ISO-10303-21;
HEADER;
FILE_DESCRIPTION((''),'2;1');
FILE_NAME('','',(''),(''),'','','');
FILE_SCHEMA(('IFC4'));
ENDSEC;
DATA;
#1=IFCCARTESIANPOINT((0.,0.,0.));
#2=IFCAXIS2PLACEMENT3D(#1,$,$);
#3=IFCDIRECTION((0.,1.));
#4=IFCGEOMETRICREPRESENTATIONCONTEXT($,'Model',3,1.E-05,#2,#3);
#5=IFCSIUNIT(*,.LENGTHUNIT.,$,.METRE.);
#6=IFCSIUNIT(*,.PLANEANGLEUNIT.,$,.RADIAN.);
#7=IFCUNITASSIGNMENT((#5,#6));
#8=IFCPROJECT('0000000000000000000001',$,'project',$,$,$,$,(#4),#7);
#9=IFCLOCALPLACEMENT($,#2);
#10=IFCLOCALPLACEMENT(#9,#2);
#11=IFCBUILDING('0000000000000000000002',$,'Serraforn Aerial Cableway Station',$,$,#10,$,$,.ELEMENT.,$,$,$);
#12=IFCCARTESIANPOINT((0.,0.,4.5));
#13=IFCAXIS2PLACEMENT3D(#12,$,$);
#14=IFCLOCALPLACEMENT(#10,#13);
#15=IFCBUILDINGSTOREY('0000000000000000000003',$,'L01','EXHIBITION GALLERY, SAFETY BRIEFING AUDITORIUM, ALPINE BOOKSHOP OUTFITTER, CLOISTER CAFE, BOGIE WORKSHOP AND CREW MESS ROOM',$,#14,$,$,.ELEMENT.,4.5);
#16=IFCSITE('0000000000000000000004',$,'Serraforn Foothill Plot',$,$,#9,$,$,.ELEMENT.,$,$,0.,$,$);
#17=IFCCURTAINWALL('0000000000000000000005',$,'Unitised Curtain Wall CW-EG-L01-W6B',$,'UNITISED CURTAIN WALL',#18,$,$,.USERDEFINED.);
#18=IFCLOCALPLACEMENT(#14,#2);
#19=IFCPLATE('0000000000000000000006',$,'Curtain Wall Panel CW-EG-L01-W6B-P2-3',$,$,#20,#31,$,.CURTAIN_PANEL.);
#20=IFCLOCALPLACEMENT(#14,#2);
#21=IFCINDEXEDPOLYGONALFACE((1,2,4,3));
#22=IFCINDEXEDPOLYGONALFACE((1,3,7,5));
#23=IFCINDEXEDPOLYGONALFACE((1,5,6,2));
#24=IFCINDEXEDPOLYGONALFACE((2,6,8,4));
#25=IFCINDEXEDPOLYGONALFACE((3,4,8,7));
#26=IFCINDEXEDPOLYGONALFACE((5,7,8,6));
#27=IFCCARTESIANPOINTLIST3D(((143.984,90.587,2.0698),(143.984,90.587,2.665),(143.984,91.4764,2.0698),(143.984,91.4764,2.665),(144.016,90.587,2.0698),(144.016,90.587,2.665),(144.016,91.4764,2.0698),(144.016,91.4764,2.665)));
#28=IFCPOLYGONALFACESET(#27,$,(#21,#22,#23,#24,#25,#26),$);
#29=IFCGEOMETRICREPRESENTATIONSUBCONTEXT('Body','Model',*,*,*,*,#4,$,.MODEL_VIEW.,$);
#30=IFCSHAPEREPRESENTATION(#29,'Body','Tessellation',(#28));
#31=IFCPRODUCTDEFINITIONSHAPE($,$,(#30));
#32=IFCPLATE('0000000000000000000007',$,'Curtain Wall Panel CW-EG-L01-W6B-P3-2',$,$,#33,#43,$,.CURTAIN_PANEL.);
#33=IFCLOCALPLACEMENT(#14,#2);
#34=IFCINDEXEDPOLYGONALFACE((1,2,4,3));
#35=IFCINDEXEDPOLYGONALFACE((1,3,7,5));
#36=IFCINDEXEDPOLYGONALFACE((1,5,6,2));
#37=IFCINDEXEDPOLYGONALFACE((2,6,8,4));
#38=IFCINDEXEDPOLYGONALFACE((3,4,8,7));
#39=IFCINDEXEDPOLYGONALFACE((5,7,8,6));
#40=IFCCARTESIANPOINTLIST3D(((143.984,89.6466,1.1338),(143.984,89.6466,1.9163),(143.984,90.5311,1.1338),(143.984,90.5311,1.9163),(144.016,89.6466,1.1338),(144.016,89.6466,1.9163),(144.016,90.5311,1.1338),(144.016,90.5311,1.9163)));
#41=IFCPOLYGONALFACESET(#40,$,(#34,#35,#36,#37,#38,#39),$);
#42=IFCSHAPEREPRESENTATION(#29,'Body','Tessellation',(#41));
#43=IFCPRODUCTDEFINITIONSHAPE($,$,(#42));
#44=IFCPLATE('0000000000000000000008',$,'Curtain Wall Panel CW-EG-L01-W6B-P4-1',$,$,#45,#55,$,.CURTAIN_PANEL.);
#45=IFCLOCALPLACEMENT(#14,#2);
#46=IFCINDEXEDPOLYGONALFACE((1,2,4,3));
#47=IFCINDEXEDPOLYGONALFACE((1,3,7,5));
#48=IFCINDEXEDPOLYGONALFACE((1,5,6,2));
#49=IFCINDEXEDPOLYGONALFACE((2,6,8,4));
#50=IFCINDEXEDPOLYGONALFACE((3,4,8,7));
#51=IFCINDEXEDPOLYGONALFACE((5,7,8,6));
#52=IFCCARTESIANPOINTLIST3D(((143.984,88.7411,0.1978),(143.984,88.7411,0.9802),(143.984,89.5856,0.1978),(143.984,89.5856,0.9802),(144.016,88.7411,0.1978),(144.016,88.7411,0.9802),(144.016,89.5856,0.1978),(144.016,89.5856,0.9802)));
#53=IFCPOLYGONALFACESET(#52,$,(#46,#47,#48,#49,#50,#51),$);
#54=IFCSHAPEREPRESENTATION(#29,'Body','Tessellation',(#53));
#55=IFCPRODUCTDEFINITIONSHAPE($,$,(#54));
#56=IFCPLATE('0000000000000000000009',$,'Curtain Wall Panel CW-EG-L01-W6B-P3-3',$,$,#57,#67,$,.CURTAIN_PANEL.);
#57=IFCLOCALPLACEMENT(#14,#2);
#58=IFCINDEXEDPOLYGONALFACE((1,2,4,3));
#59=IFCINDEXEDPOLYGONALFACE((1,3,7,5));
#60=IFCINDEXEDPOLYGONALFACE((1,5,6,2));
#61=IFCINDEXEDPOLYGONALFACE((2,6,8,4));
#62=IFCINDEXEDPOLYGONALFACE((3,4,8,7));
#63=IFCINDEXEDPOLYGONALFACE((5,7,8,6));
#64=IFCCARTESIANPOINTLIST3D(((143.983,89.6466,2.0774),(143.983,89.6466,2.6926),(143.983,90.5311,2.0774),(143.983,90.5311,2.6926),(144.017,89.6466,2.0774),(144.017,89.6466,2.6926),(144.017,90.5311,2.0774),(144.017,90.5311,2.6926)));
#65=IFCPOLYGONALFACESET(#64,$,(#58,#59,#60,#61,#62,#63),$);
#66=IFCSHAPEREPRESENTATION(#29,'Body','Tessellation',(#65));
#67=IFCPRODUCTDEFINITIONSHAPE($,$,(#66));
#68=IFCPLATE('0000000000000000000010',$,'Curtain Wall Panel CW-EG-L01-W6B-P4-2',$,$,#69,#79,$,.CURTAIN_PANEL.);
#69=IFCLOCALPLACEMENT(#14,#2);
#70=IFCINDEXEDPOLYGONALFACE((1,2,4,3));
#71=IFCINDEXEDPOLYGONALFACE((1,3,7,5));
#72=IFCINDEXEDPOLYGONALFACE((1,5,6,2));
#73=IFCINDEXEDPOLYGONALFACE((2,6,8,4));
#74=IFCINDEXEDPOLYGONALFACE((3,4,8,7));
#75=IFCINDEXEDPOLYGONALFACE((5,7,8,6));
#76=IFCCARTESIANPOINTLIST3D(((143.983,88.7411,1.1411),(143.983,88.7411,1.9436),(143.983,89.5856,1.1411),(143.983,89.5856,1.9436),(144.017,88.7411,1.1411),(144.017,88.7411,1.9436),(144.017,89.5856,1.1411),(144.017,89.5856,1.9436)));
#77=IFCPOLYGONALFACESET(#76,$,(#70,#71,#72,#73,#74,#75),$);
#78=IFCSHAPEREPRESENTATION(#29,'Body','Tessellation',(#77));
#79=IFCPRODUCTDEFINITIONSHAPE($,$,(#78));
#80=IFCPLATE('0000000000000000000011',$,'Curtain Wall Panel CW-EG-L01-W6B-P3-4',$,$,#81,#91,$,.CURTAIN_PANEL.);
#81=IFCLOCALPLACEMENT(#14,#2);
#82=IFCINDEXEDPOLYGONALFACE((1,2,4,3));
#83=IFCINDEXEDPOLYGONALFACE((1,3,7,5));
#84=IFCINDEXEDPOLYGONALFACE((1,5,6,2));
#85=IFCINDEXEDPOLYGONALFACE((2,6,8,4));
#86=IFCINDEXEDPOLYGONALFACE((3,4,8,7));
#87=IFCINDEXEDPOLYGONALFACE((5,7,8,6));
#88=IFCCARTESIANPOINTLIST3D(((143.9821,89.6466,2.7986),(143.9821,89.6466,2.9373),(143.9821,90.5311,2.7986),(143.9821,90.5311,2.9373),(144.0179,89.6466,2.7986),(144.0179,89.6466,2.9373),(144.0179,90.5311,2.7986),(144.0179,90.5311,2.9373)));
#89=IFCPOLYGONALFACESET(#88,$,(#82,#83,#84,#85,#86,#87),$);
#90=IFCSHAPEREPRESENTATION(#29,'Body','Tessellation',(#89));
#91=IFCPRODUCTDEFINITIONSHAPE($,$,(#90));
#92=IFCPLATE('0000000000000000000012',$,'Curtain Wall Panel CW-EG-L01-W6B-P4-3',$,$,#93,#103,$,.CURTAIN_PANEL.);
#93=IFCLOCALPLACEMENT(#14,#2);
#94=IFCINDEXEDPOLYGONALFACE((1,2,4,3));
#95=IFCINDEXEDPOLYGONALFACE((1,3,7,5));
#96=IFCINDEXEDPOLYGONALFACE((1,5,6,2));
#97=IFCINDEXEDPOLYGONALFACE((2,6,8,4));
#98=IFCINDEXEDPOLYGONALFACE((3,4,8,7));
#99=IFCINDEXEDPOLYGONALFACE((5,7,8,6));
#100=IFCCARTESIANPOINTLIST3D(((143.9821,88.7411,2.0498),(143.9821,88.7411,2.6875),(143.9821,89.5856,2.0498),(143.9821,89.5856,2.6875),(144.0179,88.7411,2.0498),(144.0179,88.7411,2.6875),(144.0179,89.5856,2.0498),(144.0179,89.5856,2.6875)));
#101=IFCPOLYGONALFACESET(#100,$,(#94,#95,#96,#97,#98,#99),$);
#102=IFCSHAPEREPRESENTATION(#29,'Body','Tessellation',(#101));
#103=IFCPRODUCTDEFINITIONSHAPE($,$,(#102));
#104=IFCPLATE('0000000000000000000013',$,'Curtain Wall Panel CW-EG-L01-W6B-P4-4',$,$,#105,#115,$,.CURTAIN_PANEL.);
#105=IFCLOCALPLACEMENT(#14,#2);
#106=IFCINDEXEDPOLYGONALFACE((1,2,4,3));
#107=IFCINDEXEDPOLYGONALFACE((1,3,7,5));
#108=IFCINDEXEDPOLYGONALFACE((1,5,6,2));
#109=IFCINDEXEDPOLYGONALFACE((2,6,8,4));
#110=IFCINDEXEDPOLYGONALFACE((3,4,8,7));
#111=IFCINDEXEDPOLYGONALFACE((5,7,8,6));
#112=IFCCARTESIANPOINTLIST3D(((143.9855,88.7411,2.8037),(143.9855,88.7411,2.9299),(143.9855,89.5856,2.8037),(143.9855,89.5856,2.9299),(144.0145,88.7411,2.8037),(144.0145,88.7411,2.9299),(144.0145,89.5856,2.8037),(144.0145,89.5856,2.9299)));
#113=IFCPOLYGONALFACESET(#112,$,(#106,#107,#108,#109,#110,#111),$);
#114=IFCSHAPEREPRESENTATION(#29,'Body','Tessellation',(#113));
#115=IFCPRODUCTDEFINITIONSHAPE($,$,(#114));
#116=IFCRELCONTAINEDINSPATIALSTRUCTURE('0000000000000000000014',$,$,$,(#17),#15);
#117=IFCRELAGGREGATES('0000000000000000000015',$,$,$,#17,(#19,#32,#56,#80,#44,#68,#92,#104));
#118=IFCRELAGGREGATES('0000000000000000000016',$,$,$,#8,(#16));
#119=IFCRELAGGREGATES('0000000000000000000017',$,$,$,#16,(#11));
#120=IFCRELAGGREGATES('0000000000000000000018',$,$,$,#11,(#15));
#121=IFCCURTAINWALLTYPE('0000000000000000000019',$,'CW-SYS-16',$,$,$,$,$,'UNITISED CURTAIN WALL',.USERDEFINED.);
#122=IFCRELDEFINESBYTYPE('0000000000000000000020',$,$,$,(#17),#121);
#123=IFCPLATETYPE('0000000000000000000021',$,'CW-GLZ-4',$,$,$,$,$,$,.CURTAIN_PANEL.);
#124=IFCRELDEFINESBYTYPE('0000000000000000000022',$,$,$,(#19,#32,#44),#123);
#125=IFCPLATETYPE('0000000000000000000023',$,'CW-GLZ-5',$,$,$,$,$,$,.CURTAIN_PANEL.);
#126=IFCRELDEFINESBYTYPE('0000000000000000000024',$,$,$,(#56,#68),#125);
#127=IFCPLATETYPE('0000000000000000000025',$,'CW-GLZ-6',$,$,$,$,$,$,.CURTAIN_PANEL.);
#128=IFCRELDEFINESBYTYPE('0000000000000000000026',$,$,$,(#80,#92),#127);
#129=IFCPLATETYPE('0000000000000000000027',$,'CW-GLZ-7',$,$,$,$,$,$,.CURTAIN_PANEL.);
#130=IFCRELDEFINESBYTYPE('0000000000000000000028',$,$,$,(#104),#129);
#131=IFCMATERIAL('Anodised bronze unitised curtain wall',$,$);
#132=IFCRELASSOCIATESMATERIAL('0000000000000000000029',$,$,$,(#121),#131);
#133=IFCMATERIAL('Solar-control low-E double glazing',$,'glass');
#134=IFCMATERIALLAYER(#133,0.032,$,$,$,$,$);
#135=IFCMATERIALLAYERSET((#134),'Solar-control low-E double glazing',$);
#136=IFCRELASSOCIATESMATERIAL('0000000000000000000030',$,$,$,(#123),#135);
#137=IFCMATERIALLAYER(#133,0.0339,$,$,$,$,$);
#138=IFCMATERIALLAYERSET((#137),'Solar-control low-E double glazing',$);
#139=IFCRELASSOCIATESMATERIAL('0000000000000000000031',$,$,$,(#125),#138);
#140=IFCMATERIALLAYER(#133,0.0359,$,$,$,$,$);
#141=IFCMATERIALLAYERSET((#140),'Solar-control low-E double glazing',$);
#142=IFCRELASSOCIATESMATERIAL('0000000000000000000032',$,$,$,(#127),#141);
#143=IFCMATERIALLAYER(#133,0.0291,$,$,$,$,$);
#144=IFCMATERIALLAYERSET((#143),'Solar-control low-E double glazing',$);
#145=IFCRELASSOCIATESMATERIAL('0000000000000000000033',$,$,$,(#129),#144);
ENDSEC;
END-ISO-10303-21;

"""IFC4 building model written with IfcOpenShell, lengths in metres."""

from ifc_helpers import new_model, si_unit, direction, frame, origin, origin_2d, place, context, subcontext, project, spatial, rectangle, extrude, material, layer, layer_set, type_object, element, aggregate, save


model = new_model("IFC4")

# Units and contexts
model_context = context("Model", 3, precision=1e-05, world=origin(), true_north=direction((0.0, 1.0)))
body_context = subcontext(model_context, "Body", "Model", "MODEL_VIEW")
ifc_project = project(units=[si_unit("LENGTHUNIT", "METRE"), si_unit("PLANEANGLEUNIT", "RADIAN")], contexts=[model_context])

# Site, building, storey
site_placement = place(None, origin())
site = spatial("IfcSite", under=ifc_project, at=site_placement, Name="Serraforn Foothill Plot", CompositionType="ELEMENT", RefElevation=0.0)
building_placement = place(site_placement, origin())
building = spatial("IfcBuilding", under=site, at=building_placement, Name="Serraforn Aerial Cableway Station", CompositionType="ELEMENT")
storey_placement = place(building_placement, frame((0.0, 0.0, 4.5)))
storey = spatial("IfcBuildingStorey", under=building, at=storey_placement, Name="L01", Description="EXHIBITION GALLERY, SAFETY BRIEFING AUDITORIUM, ALPINE BOOKSHOP OUTFITTER, CLOISTER CAFE, BOGIE WORKSHOP AND CREW MESS ROOM", CompositionType="ELEMENT", Elevation=4.5)

# Curtain wall, plates
ifc_material_1 = material(Name="Anodised bronze unitised curtain wall")
curtain_wall_type = type_object("IfcCurtainWallType", Name="CW-SYS-16", ElementType="UNITISED CURTAIN WALL", PredefinedType="USERDEFINED", material=ifc_material_1)
curtain_wall_placement = place(storey_placement, origin())
curtain_wall = element("IfcCurtainWall", 1, at=curtain_wall_placement, inside=storey, type_object=curtain_wall_type, Name="Unitised Curtain Wall CW-EG-L01-W6B", ObjectType="UNITISED CURTAIN WALL", PredefinedType="USERDEFINED")
ifc_material_2 = material(Name="Solar-control low-E double glazing", Category="glass")
ifc_layer_1 = layer(ifc_material_2, 0.032)
ifc_layer_set_1 = layer_set([ifc_layer_1], Name="Solar-control low-E double glazing")
plate_type_1 = type_object("IfcPlateType", Name="CW-GLZ-4", PredefinedType="CURTAIN_PANEL", material=ifc_layer_set_1)
plate_1_placement = place(storey_placement, frame((144.0, 91.0317, 2.0698), z_axis=(0.0, 0.0, 1.0), x_axis=(1.0, 0.0, 0.0)))
plate_1 = element("IfcPlate", 2, at=plate_1_placement, type_object=plate_type_1, Name="Curtain Wall Panel CW-EG-L01-W6B-P2-3", PredefinedType="CURTAIN_PANEL", context=body_context, shape_type="SweptSolid", body=[
    extrude(rectangle(XDim=0.032, YDim=0.8894, at=origin_2d()), origin(), (0.0, 0.0, 1.0), 0.5952),
])
plate_2_placement = place(storey_placement, frame((144.0, 90.0889, 1.1338), z_axis=(0.0, 0.0, 1.0), x_axis=(1.0, 0.0, 0.0)))
plate_2 = element("IfcPlate", 3, at=plate_2_placement, type_object=plate_type_1, Name="Curtain Wall Panel CW-EG-L01-W6B-P3-2", PredefinedType="CURTAIN_PANEL", context=body_context, shape_type="SweptSolid", body=[
    extrude(rectangle(XDim=0.032, YDim=0.8845, at=origin_2d()), origin(), (0.0, 0.0, 1.0), 0.7825),
])
plate_3_placement = place(storey_placement, frame((144.0, 89.1633, 0.1978), z_axis=(0.0, 0.0, 1.0), x_axis=(1.0, 0.0, 0.0)))
plate_3 = element("IfcPlate", 4, at=plate_3_placement, type_object=plate_type_1, Name="Curtain Wall Panel CW-EG-L01-W6B-P4-1", PredefinedType="CURTAIN_PANEL", context=body_context, shape_type="SweptSolid", body=[
    extrude(rectangle(XDim=0.032, YDim=0.8445, at=origin_2d()), origin(), (0.0, 0.0, 1.0), 0.7825),
])
ifc_layer_2 = layer(ifc_material_2, 0.0339)
ifc_layer_set_2 = layer_set([ifc_layer_2], Name="Solar-control low-E double glazing")
plate_type_2 = type_object("IfcPlateType", Name="CW-GLZ-5", PredefinedType="CURTAIN_PANEL", material=ifc_layer_set_2)
plate_4_placement = place(storey_placement, frame((144.0, 90.0889, 2.0774), z_axis=(0.0, 0.0, 1.0), x_axis=(1.0, 0.0, 0.0)))
plate_4 = element("IfcPlate", 5, at=plate_4_placement, type_object=plate_type_2, Name="Curtain Wall Panel CW-EG-L01-W6B-P3-3", PredefinedType="CURTAIN_PANEL", context=body_context, shape_type="SweptSolid", body=[
    extrude(rectangle(XDim=0.0339, YDim=0.8845, at=origin_2d()), origin(), (0.0, 0.0, 1.0), 0.6152),
])
plate_5_placement = place(storey_placement, frame((144.0, 89.1633, 1.1411), z_axis=(0.0, 0.0, 1.0), x_axis=(1.0, 0.0, 0.0)))
plate_5 = element("IfcPlate", 6, at=plate_5_placement, type_object=plate_type_2, Name="Curtain Wall Panel CW-EG-L01-W6B-P4-2", PredefinedType="CURTAIN_PANEL", context=body_context, shape_type="SweptSolid", body=[
    extrude(rectangle(XDim=0.0339, YDim=0.8445, at=origin_2d()), origin(), (0.0, 0.0, 1.0), 0.8025),
])
ifc_layer_3 = layer(ifc_material_2, 0.0359)
ifc_layer_set_3 = layer_set([ifc_layer_3], Name="Solar-control low-E double glazing")
plate_type_3 = type_object("IfcPlateType", Name="CW-GLZ-6", PredefinedType="CURTAIN_PANEL", material=ifc_layer_set_3)
plate_6_placement = place(storey_placement, frame((144.0, 90.0889, 2.7986), z_axis=(0.0, 0.0, 1.0), x_axis=(1.0, 0.0, 0.0)))
plate_6 = element("IfcPlate", 7, at=plate_6_placement, type_object=plate_type_3, Name="Curtain Wall Panel CW-EG-L01-W6B-P3-4", PredefinedType="CURTAIN_PANEL", context=body_context, shape_type="SweptSolid", body=[
    extrude(rectangle(XDim=0.0359, YDim=0.8845, at=origin_2d()), origin(), (0.0, 0.0, 1.0), 0.1387),
])
plate_7_placement = place(storey_placement, frame((144.0, 89.1633, 2.0498), z_axis=(0.0, 0.0, 1.0), x_axis=(1.0, 0.0, 0.0)))
plate_7 = element("IfcPlate", 8, at=plate_7_placement, type_object=plate_type_3, Name="Curtain Wall Panel CW-EG-L01-W6B-P4-3", PredefinedType="CURTAIN_PANEL", context=body_context, shape_type="SweptSolid", body=[
    extrude(rectangle(XDim=0.0359, YDim=0.8445, at=origin_2d()), origin(), (0.0, 0.0, 1.0), 0.6377),
])
ifc_layer_4 = layer(ifc_material_2, 0.0291)
ifc_layer_set_4 = layer_set([ifc_layer_4], Name="Solar-control low-E double glazing")
plate_type_4 = type_object("IfcPlateType", Name="CW-GLZ-7", PredefinedType="CURTAIN_PANEL", material=ifc_layer_set_4)
plate_8_placement = place(storey_placement, frame((144.0, 89.1633, 2.8037), z_axis=(0.0, 0.0, 1.0), x_axis=(1.0, 0.0, 0.0)))
plate_8 = element("IfcPlate", 9, at=plate_8_placement, type_object=plate_type_4, Name="Curtain Wall Panel CW-EG-L01-W6B-P4-4", PredefinedType="CURTAIN_PANEL", context=body_context, shape_type="SweptSolid", body=[
    extrude(rectangle(XDim=0.0291, YDim=0.8445, at=origin_2d()), origin(), (0.0, 0.0, 1.0), 0.1262),
])
aggregate(curtain_wall, [plate_1, plate_2, plate_4, plate_6, plate_3, plate_5, plate_7, plate_8])

save(model, "model.ifc")
